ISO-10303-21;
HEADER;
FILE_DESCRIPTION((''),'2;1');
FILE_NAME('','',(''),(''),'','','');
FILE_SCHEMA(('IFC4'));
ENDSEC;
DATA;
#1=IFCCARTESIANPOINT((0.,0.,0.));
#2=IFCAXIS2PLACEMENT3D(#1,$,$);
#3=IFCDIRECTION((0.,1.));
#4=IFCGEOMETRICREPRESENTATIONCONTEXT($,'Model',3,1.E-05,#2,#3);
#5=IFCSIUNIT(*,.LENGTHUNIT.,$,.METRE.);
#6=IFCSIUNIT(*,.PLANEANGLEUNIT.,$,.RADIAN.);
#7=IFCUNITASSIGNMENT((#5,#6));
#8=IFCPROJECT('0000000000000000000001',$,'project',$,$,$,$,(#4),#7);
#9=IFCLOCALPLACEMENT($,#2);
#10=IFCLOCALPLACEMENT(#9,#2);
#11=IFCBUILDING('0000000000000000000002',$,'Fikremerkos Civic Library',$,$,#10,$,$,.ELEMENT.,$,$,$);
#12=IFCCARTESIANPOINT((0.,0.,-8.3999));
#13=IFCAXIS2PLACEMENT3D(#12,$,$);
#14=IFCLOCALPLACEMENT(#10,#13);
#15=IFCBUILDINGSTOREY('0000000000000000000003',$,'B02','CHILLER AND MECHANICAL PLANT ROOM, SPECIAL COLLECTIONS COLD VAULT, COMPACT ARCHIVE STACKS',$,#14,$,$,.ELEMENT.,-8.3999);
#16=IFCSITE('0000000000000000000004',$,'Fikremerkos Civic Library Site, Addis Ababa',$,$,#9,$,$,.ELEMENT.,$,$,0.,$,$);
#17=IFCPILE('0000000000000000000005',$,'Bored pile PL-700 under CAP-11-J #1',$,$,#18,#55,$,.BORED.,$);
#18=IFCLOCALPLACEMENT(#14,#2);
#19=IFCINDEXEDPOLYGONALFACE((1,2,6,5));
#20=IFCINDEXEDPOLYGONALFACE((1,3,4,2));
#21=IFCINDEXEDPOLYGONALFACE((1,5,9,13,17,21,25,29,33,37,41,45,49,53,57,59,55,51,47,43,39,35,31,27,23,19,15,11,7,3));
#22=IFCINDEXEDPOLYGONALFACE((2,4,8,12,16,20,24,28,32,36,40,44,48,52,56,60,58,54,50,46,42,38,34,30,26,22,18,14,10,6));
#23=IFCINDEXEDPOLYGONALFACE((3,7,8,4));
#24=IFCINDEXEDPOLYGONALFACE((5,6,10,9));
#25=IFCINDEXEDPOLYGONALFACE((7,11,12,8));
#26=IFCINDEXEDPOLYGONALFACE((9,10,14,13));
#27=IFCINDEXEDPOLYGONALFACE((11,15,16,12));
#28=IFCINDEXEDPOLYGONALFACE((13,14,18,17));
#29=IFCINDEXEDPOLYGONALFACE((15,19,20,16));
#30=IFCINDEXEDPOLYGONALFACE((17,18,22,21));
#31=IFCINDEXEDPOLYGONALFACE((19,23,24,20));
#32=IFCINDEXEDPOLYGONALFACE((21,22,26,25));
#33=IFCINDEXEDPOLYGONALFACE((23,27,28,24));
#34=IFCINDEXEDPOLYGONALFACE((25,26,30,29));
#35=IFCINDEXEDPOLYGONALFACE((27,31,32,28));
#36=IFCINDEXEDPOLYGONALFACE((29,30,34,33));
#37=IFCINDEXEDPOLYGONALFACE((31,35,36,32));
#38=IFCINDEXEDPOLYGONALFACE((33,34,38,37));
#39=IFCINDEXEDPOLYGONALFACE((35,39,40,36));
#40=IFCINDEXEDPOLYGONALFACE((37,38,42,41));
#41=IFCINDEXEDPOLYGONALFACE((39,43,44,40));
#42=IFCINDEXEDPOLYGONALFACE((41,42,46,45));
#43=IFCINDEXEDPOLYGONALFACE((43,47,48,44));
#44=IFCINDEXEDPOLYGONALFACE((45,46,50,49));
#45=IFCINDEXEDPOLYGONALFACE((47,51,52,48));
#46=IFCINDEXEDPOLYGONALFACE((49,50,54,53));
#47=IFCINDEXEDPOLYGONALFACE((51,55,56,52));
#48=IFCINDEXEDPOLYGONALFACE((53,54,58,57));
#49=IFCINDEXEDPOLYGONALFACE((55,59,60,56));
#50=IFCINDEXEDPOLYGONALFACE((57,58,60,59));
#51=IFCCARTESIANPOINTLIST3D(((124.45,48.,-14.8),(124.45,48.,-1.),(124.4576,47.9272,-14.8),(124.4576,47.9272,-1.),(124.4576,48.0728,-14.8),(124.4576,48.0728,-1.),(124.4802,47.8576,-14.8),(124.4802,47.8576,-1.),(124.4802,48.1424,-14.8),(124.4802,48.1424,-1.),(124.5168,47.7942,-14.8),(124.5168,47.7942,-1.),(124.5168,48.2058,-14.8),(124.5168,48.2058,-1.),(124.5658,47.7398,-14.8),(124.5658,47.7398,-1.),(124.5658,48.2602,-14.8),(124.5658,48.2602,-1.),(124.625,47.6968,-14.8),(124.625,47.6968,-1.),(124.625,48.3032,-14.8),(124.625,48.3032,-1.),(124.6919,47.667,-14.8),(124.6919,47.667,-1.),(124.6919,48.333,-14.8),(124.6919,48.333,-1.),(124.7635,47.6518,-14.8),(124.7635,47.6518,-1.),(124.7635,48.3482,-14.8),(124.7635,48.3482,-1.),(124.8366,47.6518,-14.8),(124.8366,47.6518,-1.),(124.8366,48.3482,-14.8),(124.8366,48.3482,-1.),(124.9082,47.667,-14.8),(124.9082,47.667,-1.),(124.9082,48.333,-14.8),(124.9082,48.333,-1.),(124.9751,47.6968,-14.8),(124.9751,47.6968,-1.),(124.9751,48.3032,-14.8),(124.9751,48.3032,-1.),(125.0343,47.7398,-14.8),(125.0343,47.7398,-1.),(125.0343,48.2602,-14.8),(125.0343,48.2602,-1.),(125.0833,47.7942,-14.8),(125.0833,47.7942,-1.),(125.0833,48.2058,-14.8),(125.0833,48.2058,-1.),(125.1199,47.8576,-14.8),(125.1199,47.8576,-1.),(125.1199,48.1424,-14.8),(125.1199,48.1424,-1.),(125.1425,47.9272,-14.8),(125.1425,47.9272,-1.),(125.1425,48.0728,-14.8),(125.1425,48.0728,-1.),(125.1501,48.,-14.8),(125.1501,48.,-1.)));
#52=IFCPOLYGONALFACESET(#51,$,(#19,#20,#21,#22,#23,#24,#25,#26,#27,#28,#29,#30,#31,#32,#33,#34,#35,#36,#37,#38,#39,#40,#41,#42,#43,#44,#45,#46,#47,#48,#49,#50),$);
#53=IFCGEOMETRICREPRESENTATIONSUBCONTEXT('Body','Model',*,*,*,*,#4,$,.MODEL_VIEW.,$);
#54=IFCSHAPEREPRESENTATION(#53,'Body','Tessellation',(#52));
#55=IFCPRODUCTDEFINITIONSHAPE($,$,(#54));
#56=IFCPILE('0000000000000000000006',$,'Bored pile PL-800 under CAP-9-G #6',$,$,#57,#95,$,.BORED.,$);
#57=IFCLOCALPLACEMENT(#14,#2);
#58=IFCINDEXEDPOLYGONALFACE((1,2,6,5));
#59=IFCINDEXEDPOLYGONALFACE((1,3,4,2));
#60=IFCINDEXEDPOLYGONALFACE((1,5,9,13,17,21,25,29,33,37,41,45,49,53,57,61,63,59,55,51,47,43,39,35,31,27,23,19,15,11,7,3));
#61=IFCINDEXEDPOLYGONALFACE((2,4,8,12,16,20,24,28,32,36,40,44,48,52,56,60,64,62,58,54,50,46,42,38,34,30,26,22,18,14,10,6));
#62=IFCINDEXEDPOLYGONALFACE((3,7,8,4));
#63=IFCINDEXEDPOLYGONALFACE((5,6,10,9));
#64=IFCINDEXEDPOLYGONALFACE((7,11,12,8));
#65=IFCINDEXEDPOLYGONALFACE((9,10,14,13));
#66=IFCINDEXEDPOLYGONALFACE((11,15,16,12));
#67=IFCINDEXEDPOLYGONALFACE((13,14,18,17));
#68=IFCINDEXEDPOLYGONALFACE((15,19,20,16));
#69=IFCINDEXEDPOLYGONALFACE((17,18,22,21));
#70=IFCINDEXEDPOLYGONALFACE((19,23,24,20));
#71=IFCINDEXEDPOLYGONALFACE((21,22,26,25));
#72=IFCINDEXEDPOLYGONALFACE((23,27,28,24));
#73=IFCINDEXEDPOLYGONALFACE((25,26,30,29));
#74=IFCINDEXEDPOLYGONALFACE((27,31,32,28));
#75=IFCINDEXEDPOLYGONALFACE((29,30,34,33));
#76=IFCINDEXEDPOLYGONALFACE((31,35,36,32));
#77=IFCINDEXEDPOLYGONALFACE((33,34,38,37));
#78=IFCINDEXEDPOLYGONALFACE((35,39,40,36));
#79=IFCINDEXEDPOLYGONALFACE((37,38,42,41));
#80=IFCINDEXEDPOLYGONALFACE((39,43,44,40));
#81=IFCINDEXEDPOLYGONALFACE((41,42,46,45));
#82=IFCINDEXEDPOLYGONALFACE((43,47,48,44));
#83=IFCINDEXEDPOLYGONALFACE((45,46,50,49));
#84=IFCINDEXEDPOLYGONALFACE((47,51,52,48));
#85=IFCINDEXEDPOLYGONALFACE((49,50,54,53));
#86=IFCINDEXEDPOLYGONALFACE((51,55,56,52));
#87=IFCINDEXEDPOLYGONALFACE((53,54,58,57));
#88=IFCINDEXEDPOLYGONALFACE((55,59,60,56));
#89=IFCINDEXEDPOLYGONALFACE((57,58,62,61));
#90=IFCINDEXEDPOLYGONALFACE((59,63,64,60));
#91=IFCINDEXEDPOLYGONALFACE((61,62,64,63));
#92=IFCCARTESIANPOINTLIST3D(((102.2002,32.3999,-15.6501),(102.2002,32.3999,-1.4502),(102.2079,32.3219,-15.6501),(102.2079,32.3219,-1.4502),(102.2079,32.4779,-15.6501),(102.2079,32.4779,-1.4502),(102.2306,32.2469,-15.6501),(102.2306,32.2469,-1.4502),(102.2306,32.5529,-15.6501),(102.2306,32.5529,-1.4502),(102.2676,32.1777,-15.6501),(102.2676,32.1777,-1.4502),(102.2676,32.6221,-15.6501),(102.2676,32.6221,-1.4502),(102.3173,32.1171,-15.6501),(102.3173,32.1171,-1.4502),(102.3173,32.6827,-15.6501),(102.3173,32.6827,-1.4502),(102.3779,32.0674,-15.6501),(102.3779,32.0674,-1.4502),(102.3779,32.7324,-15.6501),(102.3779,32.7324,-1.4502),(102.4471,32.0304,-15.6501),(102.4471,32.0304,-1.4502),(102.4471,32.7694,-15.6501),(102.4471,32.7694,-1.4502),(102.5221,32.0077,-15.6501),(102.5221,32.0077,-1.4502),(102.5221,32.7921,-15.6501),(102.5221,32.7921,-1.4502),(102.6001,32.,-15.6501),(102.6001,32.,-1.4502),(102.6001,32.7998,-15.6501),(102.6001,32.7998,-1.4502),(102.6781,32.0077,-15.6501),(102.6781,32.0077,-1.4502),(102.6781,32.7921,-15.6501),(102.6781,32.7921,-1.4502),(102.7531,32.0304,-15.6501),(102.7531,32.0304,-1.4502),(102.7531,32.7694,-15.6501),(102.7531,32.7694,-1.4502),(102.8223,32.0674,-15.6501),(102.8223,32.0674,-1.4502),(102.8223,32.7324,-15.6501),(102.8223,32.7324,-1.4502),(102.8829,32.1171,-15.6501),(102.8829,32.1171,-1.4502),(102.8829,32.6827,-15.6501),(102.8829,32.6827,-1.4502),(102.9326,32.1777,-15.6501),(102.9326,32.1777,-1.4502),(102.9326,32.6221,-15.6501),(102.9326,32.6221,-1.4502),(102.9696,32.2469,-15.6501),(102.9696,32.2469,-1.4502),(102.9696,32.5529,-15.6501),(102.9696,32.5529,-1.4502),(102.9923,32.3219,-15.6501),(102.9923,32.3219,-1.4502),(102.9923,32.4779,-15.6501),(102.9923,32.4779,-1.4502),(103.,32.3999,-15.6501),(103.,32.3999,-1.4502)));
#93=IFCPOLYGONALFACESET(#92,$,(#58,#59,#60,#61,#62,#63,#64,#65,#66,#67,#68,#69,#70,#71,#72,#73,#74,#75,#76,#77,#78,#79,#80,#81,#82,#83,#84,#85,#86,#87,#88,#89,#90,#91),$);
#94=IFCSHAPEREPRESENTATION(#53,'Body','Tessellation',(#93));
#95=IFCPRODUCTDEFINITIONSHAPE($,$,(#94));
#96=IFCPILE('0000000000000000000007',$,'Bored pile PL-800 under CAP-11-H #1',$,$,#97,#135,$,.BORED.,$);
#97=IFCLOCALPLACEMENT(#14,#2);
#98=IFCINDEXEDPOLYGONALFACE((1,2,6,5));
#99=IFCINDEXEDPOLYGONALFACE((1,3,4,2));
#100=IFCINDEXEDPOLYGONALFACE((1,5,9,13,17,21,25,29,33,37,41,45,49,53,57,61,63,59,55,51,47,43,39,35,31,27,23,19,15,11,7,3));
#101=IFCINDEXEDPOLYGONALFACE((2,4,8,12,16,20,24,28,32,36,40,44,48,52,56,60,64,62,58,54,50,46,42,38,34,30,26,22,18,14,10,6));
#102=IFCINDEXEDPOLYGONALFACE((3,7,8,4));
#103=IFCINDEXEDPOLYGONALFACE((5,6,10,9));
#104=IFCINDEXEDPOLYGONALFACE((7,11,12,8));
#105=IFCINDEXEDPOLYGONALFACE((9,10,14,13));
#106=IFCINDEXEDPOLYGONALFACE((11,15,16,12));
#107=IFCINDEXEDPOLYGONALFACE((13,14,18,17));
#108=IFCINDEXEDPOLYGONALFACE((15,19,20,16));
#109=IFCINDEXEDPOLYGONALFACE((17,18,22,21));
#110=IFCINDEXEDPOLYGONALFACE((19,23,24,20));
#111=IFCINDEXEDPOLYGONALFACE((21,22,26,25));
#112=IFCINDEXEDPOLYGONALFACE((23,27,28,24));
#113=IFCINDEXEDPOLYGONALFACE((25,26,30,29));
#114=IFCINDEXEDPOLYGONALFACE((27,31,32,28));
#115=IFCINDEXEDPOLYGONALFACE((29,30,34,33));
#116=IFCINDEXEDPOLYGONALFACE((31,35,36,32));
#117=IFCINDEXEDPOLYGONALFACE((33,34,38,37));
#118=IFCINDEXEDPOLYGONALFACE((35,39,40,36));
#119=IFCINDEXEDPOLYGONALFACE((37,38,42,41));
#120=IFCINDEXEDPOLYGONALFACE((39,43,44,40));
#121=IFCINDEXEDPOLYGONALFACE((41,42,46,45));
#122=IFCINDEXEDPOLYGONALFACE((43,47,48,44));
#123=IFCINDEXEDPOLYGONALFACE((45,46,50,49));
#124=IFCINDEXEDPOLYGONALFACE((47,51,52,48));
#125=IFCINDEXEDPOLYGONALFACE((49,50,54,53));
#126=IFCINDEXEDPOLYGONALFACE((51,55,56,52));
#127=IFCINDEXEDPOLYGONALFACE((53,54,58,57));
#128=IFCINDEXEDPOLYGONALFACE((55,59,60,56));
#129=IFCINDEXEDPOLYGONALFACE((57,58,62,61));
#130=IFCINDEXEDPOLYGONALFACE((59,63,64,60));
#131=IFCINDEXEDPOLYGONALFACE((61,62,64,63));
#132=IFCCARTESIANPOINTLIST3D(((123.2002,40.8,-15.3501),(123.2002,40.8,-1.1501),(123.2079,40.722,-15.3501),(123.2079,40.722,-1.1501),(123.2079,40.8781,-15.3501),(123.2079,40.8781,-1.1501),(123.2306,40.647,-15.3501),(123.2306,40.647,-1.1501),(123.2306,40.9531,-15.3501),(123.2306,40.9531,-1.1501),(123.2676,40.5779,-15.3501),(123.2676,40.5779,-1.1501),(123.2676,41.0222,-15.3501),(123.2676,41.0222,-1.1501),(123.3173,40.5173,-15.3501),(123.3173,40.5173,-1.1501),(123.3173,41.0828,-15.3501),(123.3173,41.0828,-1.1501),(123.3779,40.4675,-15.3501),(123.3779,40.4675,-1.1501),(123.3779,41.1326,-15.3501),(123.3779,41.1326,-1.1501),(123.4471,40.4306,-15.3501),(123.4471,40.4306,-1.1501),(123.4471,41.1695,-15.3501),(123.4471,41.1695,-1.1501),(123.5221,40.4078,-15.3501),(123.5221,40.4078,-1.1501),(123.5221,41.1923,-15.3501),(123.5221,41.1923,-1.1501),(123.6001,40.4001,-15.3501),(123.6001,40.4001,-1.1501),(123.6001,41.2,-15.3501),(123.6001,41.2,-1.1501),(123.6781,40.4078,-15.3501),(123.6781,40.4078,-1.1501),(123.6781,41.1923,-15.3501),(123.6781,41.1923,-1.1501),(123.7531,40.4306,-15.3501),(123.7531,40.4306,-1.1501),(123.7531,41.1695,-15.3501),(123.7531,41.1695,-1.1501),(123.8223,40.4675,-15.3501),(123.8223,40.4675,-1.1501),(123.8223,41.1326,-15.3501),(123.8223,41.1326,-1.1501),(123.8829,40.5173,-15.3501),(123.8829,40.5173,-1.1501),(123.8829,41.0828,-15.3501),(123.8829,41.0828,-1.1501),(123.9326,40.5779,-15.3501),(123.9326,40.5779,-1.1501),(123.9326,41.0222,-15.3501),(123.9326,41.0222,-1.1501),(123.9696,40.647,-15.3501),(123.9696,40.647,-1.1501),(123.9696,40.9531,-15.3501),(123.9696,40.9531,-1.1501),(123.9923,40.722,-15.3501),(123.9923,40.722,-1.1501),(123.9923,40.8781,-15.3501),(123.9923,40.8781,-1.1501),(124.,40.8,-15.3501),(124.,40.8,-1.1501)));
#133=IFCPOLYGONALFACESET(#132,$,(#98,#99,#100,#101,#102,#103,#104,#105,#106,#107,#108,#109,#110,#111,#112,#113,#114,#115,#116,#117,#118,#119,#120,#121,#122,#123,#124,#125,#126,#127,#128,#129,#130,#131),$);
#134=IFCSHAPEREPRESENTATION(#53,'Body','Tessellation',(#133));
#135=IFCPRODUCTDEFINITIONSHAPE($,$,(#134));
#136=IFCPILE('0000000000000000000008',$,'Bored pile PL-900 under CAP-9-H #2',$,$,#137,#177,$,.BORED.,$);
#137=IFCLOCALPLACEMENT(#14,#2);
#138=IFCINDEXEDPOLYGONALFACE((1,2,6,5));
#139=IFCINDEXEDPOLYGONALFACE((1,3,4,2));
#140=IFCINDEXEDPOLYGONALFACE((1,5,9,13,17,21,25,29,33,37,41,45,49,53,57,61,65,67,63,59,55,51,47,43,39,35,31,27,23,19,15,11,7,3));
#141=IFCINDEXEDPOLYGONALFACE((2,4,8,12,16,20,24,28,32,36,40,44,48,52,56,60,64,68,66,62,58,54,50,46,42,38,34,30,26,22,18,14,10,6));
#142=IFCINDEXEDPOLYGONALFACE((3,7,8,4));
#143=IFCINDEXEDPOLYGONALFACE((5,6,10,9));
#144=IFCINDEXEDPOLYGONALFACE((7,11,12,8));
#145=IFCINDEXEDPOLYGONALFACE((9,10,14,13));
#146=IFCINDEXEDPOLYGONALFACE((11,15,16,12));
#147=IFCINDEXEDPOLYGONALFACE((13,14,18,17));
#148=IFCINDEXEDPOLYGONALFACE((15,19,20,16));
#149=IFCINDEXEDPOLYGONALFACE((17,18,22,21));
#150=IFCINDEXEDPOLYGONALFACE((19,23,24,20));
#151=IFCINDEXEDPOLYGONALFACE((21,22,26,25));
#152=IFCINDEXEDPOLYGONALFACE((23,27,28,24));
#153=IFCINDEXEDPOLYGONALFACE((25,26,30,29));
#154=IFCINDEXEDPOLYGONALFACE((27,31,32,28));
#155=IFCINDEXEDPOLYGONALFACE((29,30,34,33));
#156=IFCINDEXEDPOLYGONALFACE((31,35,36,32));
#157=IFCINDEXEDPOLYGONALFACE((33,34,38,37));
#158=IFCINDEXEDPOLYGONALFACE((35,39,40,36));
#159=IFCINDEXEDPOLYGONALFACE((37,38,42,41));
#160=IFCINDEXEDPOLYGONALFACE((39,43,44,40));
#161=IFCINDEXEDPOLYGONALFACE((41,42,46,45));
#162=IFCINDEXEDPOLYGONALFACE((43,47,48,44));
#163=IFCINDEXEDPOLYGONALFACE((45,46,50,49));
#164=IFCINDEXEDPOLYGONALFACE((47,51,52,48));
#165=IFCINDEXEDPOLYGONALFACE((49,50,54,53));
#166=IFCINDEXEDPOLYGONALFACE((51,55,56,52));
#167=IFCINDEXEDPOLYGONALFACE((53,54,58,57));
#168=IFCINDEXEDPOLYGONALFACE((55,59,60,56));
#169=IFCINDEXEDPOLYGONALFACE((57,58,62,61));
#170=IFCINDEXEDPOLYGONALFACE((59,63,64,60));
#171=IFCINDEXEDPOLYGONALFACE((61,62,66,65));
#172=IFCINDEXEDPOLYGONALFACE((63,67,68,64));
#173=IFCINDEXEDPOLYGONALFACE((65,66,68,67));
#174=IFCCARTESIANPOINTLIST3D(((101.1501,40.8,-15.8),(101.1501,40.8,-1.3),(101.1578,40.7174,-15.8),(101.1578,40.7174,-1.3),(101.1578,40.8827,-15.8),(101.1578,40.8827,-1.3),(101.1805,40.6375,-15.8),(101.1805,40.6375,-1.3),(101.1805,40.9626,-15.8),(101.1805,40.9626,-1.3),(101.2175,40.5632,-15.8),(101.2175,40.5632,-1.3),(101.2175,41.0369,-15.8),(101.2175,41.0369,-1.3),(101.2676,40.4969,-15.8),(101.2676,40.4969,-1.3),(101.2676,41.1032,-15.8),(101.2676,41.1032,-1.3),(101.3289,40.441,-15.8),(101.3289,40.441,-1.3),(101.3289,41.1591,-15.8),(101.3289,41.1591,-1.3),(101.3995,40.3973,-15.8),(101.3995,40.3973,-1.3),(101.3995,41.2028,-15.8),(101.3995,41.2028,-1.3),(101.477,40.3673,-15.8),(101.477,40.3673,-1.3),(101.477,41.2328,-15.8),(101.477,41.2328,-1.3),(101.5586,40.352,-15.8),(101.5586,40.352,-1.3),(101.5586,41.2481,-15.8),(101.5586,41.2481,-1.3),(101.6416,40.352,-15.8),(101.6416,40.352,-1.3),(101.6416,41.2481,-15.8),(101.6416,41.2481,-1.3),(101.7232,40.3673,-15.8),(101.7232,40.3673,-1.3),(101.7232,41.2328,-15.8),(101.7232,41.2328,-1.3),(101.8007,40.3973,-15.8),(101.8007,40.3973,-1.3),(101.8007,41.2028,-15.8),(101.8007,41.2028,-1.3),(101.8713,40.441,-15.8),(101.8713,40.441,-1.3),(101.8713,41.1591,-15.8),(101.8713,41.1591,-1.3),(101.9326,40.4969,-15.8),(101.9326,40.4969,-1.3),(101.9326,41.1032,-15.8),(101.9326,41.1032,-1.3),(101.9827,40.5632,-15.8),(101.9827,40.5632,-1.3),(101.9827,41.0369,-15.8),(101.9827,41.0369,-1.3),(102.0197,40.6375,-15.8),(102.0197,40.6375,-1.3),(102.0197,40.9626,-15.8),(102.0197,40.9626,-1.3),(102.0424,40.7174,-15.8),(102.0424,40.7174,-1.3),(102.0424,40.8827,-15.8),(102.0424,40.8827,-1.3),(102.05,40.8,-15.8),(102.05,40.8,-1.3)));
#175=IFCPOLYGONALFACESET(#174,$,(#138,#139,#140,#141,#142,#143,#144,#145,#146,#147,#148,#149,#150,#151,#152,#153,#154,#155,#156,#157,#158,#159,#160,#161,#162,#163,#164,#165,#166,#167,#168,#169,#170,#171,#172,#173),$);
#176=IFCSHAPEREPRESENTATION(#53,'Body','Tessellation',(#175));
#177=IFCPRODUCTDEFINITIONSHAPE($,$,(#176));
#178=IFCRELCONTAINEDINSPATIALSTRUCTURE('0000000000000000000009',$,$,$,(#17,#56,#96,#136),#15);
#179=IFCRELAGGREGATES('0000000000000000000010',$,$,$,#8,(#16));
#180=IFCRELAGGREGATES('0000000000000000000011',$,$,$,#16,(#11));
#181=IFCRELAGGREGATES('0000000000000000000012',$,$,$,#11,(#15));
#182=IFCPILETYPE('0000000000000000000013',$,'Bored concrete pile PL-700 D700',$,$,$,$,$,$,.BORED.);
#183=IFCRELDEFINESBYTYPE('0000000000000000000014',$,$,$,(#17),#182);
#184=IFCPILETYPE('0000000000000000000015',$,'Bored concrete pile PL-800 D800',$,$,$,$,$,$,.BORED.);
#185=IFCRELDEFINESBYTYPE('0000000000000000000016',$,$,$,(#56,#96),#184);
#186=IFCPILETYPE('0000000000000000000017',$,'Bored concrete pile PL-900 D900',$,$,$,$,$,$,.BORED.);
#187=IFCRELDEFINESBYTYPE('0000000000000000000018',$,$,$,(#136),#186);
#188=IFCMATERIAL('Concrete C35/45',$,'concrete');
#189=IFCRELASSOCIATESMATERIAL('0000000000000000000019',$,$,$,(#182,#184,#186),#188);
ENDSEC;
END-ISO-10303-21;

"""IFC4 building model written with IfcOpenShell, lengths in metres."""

from ifc_helpers import new_model, si_unit, direction, frame, origin, origin_2d, place, context, subcontext, project, spatial, circle, extrude, material, material_profile, profile_set, type_object, element, save


model = new_model("IFC4")

# Units and contexts
model_context = context("Model", 3, precision=1e-05, world=origin(), true_north=direction((0.0, 1.0)))
body_context = subcontext(model_context, "Body", "Model", "MODEL_VIEW")
ifc_project = project(units=[si_unit("LENGTHUNIT", "METRE"), si_unit("PLANEANGLEUNIT", "RADIAN")], contexts=[model_context])

# Site, building, storey
site_placement = place(None, origin())
site = spatial("IfcSite", under=ifc_project, at=site_placement, Name="Fikremerkos Civic Library Site, Addis Ababa", CompositionType="ELEMENT", RefElevation=0.0)
building_placement = place(site_placement, origin())
building = spatial("IfcBuilding", under=site, at=building_placement, Name="Fikremerkos Civic Library", CompositionType="ELEMENT")
storey_placement = place(building_placement, frame((0.0, 0.0, -8.3999)))
storey = spatial("IfcBuildingStorey", under=building, at=storey_placement, Name="B02", Description="CHILLER AND MECHANICAL PLANT ROOM, SPECIAL COLLECTIONS COLD VAULT, COMPACT ARCHIVE STACKS", CompositionType="ELEMENT", Elevation=-8.3999)

# Piles
ifc_material_1 = material(Name="Concrete C35/45", Category="concrete")
ifc_material_profile_1 = material_profile(ifc_material_1, circle(Radius=0.3501, at=origin_2d()), Name="BORED PILE 700")
ifc_profile_set_1 = profile_set([ifc_material_profile_1], Name="Concrete C35/45")
pile_type_1 = type_object("IfcPileType", Name="Bored concrete pile PL-700 D700", PredefinedType="BORED", material=ifc_profile_set_1)
for number, where, z_axis, x_axis, name in (
    (1, (124.8, 48.0, -1.0), (0.0, 0.0, -1.0), (1.0, 0.0, 0.0), "Bored pile PL-700 under CAP-11-J #1"),
):
    element("IfcPile", number, at=place(storey_placement, frame(where, z_axis=z_axis, x_axis=x_axis)), inside=storey, type_object=pile_type_1, Name=name, PredefinedType="BORED", context=body_context, shape_type="SweptSolid", body=[
        extrude(circle(Radius=0.3501, at=origin_2d()), origin(), (0.0, 0.0, 1.0), 13.8),
    ])
ifc_material_profile_2 = material_profile(ifc_material_1, circle(Radius=0.3999, at=origin_2d()), Name="BORED PILE 800")
ifc_profile_set_2 = profile_set([ifc_material_profile_2], Name="Concrete C35/45")
pile_type_2 = type_object("IfcPileType", Name="Bored concrete pile PL-800 D800", PredefinedType="BORED", material=ifc_profile_set_2)
for number, where, z_axis, x_axis, name in (
    (2, (102.6001, 32.3999, -1.4502), (0.0, 0.0, -1.0), (1.0, 0.0, 0.0), "Bored pile PL-800 under CAP-9-G #6"),
    (3, (123.6001, 40.8, -1.1501), (0.0, 0.0, -1.0), (1.0, 0.0, 0.0), "Bored pile PL-800 under CAP-11-H #1"),
):
    element("IfcPile", number, at=place(storey_placement, frame(where, z_axis=z_axis, x_axis=x_axis)), inside=storey, type_object=pile_type_2, Name=name, PredefinedType="BORED", context=body_context, shape_type="SweptSolid", body=[
        extrude(circle(Radius=0.3999, at=origin_2d()), origin(), (0.0, 0.0, 1.0), 14.2),
    ])
ifc_material_profile_3 = material_profile(ifc_material_1, circle(Radius=0.45, at=origin_2d()), Name="BORED PILE 900")
ifc_profile_set_3 = profile_set([ifc_material_profile_3], Name="Concrete C35/45")
pile_type_3 = type_object("IfcPileType", Name="Bored concrete pile PL-900 D900", PredefinedType="BORED", material=ifc_profile_set_3)
for number, where, z_axis, x_axis, name in (
    (4, (101.6001, 40.8, -1.3), (0.0, 0.0, -1.0), (1.0, 0.0, 0.0), "Bored pile PL-900 under CAP-9-H #2"),
):
    element("IfcPile", number, at=place(storey_placement, frame(where, z_axis=z_axis, x_axis=x_axis)), inside=storey, type_object=pile_type_3, Name=name, PredefinedType="BORED", context=body_context, shape_type="SweptSolid", body=[
        extrude(circle(Radius=0.45, at=origin_2d()), origin(), (0.0, 0.0, 1.0), 14.5),
    ])

save(model, "model.ifc")
